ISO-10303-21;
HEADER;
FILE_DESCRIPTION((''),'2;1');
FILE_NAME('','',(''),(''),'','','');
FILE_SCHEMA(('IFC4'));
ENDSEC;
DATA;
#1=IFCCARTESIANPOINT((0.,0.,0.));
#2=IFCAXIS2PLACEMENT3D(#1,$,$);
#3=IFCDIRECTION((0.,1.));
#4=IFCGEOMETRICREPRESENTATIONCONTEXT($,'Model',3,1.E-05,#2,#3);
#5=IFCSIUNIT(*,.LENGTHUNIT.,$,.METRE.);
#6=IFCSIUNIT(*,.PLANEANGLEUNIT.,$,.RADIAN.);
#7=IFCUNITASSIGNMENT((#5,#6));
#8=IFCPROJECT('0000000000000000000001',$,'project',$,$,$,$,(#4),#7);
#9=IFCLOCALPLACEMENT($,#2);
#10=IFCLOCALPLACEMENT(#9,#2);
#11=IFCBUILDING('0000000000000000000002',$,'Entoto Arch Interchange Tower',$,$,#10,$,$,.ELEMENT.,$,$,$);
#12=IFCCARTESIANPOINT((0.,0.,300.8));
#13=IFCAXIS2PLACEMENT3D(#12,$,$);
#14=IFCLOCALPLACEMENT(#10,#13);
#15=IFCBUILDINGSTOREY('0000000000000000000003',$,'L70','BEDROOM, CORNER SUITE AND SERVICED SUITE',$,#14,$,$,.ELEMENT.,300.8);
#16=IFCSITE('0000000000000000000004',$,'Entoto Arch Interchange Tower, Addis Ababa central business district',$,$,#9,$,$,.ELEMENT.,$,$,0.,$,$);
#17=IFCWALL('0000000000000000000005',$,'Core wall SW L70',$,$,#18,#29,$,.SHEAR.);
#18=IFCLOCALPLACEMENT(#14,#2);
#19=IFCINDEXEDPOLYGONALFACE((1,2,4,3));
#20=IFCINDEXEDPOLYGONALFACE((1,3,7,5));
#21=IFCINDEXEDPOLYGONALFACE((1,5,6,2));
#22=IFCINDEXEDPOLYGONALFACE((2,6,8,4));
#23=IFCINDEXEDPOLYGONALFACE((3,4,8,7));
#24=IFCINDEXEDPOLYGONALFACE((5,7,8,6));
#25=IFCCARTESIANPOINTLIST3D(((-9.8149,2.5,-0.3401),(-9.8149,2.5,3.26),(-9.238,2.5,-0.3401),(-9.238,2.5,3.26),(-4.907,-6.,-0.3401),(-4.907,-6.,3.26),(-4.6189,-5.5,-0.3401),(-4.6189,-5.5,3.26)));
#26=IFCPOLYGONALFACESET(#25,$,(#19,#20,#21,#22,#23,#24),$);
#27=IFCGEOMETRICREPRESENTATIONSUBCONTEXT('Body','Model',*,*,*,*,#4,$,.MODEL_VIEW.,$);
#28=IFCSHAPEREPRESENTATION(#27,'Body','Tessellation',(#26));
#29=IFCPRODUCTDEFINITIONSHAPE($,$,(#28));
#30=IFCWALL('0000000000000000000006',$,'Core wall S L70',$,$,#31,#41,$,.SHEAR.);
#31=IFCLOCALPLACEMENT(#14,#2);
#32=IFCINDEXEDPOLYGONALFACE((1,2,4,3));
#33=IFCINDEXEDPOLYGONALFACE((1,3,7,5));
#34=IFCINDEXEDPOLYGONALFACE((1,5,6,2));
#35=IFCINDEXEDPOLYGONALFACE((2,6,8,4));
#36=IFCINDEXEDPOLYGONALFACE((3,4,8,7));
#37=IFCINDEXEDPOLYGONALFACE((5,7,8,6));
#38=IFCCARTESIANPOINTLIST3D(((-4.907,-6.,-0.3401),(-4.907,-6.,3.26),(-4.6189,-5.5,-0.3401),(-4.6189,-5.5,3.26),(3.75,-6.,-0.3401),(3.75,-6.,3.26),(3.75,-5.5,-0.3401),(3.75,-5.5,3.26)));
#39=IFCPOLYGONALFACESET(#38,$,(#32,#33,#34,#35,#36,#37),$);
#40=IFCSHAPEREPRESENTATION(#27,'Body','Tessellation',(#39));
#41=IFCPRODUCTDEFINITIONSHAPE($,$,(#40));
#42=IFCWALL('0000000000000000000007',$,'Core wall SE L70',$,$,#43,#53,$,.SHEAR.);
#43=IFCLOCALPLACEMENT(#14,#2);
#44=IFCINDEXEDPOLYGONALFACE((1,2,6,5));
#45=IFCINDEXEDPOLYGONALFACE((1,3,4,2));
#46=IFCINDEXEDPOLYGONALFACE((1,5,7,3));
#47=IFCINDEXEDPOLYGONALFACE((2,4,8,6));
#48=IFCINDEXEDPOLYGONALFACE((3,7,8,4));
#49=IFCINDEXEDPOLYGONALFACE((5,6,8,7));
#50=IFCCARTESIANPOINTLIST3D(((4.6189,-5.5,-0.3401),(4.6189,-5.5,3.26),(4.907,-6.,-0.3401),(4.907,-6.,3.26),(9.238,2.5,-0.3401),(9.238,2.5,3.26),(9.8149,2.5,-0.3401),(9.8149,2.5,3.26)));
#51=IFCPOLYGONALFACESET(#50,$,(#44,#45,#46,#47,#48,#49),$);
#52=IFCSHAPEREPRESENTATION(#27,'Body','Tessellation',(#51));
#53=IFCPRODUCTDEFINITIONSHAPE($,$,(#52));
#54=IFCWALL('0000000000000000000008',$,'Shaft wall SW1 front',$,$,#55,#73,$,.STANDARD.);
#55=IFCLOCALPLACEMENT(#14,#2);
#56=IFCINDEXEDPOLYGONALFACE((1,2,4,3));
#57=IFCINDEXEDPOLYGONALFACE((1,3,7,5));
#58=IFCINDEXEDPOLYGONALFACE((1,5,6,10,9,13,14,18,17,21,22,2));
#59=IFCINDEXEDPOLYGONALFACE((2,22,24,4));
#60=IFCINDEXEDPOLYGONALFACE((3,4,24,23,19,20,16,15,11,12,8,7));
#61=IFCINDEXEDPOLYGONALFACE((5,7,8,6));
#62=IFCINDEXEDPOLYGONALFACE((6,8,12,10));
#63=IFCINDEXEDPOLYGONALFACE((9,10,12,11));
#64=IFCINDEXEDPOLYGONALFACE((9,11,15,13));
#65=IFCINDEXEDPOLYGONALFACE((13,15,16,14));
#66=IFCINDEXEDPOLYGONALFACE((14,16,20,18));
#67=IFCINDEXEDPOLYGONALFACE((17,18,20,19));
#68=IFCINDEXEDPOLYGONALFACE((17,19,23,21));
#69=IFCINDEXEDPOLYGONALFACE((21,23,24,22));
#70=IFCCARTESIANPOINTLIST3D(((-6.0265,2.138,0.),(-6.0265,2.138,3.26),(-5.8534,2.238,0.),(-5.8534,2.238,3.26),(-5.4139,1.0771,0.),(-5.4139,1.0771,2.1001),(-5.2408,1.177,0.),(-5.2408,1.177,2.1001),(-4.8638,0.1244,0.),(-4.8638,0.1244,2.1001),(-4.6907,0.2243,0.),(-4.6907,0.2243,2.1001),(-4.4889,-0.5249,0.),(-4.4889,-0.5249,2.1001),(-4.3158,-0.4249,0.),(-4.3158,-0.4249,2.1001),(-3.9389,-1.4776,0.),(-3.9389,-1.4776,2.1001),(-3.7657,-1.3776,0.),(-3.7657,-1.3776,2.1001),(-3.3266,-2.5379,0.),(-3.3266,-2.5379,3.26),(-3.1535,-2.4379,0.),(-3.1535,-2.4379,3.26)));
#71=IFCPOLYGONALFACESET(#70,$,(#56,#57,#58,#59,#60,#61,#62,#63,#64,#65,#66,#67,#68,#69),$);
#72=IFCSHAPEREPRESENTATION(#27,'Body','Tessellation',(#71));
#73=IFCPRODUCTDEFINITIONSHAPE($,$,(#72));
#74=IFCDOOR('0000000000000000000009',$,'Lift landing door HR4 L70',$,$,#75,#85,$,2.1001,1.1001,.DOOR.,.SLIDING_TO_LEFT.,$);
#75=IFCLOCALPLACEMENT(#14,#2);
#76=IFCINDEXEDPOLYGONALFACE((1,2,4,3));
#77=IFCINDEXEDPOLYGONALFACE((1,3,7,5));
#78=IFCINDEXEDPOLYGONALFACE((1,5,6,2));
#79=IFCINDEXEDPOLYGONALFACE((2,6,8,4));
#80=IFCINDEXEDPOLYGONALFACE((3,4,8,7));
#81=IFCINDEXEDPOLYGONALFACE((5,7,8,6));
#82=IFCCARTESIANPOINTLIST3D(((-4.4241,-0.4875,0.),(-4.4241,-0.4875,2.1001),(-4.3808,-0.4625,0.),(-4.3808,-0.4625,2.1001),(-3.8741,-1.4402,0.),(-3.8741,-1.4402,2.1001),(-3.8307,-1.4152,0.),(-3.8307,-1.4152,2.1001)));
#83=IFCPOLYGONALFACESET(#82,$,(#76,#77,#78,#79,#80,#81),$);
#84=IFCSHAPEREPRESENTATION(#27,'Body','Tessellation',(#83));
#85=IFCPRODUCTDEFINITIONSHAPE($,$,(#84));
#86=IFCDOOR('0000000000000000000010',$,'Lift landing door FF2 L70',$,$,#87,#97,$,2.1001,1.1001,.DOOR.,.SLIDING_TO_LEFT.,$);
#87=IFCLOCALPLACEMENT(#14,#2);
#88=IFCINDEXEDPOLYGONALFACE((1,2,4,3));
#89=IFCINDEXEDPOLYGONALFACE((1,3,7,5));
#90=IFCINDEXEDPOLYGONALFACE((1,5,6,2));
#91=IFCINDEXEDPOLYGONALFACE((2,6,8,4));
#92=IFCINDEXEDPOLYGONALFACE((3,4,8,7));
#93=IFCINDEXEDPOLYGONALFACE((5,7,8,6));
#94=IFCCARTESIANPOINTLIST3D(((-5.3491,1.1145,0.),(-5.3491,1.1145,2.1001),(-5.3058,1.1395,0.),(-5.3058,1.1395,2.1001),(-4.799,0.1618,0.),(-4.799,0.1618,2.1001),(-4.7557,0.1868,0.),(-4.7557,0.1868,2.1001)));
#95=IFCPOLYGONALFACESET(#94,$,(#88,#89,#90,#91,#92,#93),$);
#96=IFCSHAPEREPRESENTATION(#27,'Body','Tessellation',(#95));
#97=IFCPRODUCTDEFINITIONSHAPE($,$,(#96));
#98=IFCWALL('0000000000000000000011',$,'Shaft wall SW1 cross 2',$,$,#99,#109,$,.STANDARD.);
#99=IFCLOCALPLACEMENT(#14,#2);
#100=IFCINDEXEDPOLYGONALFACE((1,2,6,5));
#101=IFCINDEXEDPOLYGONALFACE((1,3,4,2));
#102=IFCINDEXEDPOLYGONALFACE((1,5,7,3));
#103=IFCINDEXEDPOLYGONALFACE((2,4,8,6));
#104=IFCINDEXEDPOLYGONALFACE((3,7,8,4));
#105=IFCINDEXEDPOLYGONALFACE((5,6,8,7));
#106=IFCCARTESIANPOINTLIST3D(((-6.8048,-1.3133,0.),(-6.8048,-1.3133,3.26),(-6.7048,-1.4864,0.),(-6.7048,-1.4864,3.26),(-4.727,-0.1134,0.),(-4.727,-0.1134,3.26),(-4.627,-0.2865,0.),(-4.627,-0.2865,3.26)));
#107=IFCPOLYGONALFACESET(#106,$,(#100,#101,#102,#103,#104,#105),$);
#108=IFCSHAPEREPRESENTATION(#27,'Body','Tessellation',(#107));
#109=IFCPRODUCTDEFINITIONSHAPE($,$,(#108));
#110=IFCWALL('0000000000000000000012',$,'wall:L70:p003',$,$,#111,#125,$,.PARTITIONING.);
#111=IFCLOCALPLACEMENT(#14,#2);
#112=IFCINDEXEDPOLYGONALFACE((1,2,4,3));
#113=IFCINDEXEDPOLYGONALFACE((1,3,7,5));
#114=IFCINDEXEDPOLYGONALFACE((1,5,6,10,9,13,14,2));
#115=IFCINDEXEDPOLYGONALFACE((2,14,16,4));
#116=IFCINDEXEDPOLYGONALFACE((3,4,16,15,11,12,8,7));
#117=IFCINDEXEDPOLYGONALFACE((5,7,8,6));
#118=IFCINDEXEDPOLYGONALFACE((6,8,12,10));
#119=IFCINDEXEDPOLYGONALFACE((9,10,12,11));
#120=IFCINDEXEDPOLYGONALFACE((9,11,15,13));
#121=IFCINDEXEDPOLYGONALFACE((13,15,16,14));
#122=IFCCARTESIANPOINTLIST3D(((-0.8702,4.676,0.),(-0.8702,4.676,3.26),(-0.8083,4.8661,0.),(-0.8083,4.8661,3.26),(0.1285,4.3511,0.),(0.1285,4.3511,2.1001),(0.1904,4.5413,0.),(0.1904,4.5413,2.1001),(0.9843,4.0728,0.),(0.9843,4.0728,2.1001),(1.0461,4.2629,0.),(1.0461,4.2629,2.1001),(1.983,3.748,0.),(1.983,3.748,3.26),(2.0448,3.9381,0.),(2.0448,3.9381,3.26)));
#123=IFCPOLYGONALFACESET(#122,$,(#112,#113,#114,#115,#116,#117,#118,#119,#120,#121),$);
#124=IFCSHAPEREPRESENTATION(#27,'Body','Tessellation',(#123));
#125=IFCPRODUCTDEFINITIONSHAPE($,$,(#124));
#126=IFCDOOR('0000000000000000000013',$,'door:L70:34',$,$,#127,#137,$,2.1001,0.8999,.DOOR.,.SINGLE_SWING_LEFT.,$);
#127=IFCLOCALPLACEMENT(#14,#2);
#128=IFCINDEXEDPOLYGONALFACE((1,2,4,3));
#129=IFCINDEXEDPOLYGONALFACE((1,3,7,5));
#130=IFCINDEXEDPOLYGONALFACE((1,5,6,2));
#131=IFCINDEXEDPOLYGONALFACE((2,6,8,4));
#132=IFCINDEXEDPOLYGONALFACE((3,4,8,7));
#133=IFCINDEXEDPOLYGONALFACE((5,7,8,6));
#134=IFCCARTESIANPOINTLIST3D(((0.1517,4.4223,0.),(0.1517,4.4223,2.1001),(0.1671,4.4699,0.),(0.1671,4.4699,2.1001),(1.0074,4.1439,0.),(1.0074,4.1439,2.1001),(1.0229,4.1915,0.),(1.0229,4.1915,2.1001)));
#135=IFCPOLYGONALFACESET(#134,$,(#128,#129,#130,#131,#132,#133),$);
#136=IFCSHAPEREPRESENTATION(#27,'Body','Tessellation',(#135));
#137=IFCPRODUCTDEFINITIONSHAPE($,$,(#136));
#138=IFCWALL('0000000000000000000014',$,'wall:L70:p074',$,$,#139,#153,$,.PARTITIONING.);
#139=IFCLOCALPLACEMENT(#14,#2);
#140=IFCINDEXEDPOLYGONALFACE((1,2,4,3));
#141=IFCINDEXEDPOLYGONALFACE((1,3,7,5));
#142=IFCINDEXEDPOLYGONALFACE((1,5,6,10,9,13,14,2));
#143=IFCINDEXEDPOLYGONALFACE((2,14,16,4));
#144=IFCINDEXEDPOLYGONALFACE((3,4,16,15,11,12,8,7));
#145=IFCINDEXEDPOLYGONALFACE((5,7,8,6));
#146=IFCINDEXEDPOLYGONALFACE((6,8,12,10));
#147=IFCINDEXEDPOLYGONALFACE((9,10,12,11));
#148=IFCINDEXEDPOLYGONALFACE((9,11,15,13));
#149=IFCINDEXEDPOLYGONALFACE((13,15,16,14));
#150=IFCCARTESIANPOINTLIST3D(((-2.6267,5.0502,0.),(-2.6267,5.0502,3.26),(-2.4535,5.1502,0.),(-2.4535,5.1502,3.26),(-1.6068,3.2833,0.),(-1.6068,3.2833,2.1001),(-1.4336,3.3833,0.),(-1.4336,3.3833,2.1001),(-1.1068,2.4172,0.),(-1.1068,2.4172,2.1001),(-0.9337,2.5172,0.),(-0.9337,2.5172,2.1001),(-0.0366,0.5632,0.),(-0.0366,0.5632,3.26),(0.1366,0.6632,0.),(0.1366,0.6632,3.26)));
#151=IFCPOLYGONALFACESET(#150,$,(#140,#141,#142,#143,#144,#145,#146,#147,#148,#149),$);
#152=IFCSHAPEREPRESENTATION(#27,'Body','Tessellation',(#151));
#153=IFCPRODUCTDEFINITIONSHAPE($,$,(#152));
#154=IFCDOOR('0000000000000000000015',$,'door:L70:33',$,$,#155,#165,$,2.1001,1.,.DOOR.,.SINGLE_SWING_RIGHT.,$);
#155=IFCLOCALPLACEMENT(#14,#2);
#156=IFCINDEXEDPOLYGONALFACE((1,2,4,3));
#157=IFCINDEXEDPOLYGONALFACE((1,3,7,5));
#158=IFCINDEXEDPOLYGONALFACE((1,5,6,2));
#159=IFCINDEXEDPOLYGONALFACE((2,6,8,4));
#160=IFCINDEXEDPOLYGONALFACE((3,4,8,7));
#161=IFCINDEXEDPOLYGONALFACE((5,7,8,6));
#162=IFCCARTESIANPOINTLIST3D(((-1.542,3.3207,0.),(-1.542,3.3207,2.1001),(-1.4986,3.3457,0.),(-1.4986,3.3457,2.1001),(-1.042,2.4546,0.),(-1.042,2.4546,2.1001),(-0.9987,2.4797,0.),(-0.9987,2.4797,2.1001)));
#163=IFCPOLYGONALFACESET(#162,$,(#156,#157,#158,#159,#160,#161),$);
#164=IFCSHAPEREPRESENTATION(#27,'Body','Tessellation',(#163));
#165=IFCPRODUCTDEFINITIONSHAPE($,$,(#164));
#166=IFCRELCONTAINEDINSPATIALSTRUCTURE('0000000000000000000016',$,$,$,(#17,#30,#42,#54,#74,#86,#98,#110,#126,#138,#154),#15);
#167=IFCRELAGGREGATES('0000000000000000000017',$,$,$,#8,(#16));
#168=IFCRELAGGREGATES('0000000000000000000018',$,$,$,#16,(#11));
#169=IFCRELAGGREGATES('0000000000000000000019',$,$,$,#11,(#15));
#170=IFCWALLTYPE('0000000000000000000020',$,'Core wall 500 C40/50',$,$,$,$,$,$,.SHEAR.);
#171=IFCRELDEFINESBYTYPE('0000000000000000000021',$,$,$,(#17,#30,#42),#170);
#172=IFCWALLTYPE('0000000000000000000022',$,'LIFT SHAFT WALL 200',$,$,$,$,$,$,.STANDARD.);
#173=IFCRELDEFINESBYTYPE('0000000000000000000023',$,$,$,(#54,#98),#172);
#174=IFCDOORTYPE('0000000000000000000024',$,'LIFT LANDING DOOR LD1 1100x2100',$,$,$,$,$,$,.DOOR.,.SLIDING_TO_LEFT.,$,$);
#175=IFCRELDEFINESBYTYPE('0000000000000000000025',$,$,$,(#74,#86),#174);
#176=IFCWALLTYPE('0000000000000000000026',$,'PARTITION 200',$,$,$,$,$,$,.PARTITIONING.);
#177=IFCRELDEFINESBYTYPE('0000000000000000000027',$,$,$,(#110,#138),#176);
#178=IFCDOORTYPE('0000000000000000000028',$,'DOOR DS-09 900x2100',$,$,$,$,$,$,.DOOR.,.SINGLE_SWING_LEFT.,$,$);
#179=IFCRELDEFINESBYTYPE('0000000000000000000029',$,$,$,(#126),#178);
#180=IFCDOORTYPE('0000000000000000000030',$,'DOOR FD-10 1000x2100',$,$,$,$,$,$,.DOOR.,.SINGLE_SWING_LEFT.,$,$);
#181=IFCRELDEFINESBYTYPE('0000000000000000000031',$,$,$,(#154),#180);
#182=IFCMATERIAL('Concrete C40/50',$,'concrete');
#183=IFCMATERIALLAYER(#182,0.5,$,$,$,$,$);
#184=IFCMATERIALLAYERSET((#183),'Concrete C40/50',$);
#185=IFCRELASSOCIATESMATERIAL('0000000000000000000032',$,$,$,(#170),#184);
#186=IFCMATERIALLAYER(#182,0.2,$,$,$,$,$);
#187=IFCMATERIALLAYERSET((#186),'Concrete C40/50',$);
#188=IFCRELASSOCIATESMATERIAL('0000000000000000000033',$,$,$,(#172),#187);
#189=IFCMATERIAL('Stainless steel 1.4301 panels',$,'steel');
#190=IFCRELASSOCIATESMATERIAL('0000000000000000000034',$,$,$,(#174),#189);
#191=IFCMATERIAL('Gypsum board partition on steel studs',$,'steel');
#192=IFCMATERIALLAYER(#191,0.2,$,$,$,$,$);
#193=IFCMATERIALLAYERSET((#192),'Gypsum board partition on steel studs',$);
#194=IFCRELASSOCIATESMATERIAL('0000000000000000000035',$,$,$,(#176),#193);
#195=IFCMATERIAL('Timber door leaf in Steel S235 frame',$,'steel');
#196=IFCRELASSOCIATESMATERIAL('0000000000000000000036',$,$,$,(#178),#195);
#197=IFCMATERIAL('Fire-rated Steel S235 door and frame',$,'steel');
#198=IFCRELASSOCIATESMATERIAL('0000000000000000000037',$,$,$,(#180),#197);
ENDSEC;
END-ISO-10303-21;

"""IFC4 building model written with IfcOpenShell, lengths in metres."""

from ifc_helpers import new_model, si_unit, direction, frame, frame_2d, origin, place, context, subcontext, project, spatial, polyline, rectangle, outline, extrude, material, layer, layer_set, type_object, element, fill, save


model = new_model("IFC4")

# Units and contexts
model_context = context("Model", 3, precision=1e-05, world=origin(), true_north=direction((0.0, 1.0)))
body_context = subcontext(model_context, "Body", "Model", "MODEL_VIEW")
ifc_project = project(units=[si_unit("LENGTHUNIT", "METRE"), si_unit("PLANEANGLEUNIT", "RADIAN")], contexts=[model_context])

# Site, building, storey
site_placement = place(None, origin())
site = spatial("IfcSite", under=ifc_project, at=site_placement, Name="Entoto Arch Interchange Tower, Addis Ababa central business district", CompositionType="ELEMENT", RefElevation=0.0)
building_placement = place(site_placement, origin())
building = spatial("IfcBuilding", under=site, at=building_placement, Name="Entoto Arch Interchange Tower", CompositionType="ELEMENT")
storey_placement = place(building_placement, frame((0.0, 0.0, 300.8)))
storey = spatial("IfcBuildingStorey", under=building, at=storey_placement, Name="L70", Description="BEDROOM, CORNER SUITE AND SERVICED SUITE", CompositionType="ELEMENT", Elevation=300.8)

# Shared definitions
ifc_material_1 = material(Name="Concrete C40/50", Category="concrete")

# Walls
ifc_layer_1 = layer(ifc_material_1, 0.5)
ifc_layer_set_1 = layer_set([ifc_layer_1], Name="Concrete C40/50")
wall_type_1 = type_object("IfcWallType", Name="Core wall 500 C40/50", PredefinedType="SHEAR", material=ifc_layer_set_1)
wall_1_placement = place(storey_placement, frame((0.0, 0.0, -0.3401)))
element("IfcWall", 1, at=wall_1_placement, inside=storey, type_object=wall_type_1, Name="Core wall SW L70", PredefinedType="SHEAR", context=body_context, shape_type="SweptSolid", body=[
    extrude(outline(polyline([(-9.8149, 2.5), (-4.907, -6.0), (-4.6189, -5.5), (-9.238, 2.5), (-9.8149, 2.5)])), origin(), (0.0, 0.0, 1.0), 3.6001),
])
wall_2_placement = place(storey_placement, frame((0.0, 0.0, -0.3401)))
element("IfcWall", 2, at=wall_2_placement, inside=storey, type_object=wall_type_1, Name="Core wall S L70", PredefinedType="SHEAR", context=body_context, shape_type="SweptSolid", body=[
    extrude(outline(polyline([(3.75, -6.0), (3.75, -5.5), (-4.6189, -5.5), (-4.907, -6.0), (3.75, -6.0)])), origin(), (0.0, 0.0, 1.0), 3.6001),
])
wall_3_placement = place(storey_placement, frame((0.0, 0.0, -0.3401)))
element("IfcWall", 3, at=wall_3_placement, inside=storey, type_object=wall_type_1, Name="Core wall SE L70", PredefinedType="SHEAR", context=body_context, shape_type="SweptSolid", body=[
    extrude(outline(polyline([(4.907, -6.0), (9.8149, 2.5), (9.238, 2.5), (4.6189, -5.5), (4.907, -6.0)])), origin(), (0.0, 0.0, 1.0), 3.6001),
])

# Wall, openings, doors
ifc_layer_2 = layer(ifc_material_1, 0.2)
ifc_layer_set_2 = layer_set([ifc_layer_2], Name="Concrete C40/50")
wall_type_2 = type_object("IfcWallType", Name="LIFT SHAFT WALL 200", PredefinedType="STANDARD", material=ifc_layer_set_2)
wall_4_placement = place(storey_placement, frame((-5.9399, 2.188, 0.0), z_axis=(0.0, 0.0, 1.0), x_axis=(0.500034, -0.866006, 0.0)))
wall_4 = element("IfcWall", 4, at=wall_4_placement, inside=storey, type_object=wall_type_2, Name="Shaft wall SW1 front", PredefinedType="STANDARD", context=body_context, shape_type="SweptSolid", body=[
    extrude(rectangle(XDim=5.3994, YDim=0.2, at=frame_2d((2.6997, 0.0))), origin(), (0.0, 0.0, 1.0), 3.26),
])
opening_1_placement = place(wall_4_placement, frame((3.075, 0.0, 0.0)))
opening_1 = element("IfcOpeningElement", 5, at=opening_1_placement, cuts=wall_4, PredefinedType="OPENING", context=body_context, shape_type="SweptSolid", body=[
    extrude(rectangle(XDim=1.1001, YDim=2.1001, at=frame_2d((0.55, 1.05))), frame((0.0, 0.1099, 0.0), z_axis=(0.0, -1.0, 0.0), x_axis=(1.0, 0.0, 0.0)), (0.0, 0.0, 1.0), 0.22),
])
opening_2_placement = place(wall_4_placement, frame((1.2251, 0.0, 0.0)))
opening_2 = element("IfcOpeningElement", 6, at=opening_2_placement, cuts=wall_4, PredefinedType="OPENING", context=body_context, shape_type="SweptSolid", body=[
    extrude(rectangle(XDim=1.1001, YDim=2.1001, at=frame_2d((0.55, 1.05))), frame((0.0, 0.1099, 0.0), z_axis=(0.0, -1.0, 0.0), x_axis=(1.0, 0.0, 0.0)), (0.0, 0.0, 1.0), 0.22),
])
ifc_material_2 = material(Name="Stainless steel 1.4301 panels", Category="steel")
door_type_1 = type_object("IfcDoorType", Name="LIFT LANDING DOOR LD1 1100x2100", OperationType="SLIDING_TO_LEFT", PredefinedType="DOOR", material=ifc_material_2)
door_1_placement = place(opening_1_placement, origin())
door_1 = element("IfcDoor", 7, at=door_1_placement, inside=storey, type_object=door_type_1, Name="Lift landing door HR4 L70", OperationType="SLIDING_TO_LEFT", OverallHeight=2.1001, OverallWidth=1.1001, PredefinedType="DOOR", context=body_context, shape_type="SweptSolid", body=[
    extrude(rectangle(XDim=1.1001, YDim=2.1001, at=frame_2d((0.55, 1.05))), frame((0.0, 0.0249, 0.0), z_axis=(0.0, -1.0, 0.0), x_axis=(1.0, 0.0, 0.0)), (0.0, 0.0, 1.0), 0.05),
])
fill(opening_1, door_1)
door_2_placement = place(opening_2_placement, origin())
door_2 = element("IfcDoor", 8, at=door_2_placement, inside=storey, type_object=door_type_1, Name="Lift landing door FF2 L70", OperationType="SLIDING_TO_LEFT", OverallHeight=2.1001, OverallWidth=1.1001, PredefinedType="DOOR", context=body_context, shape_type="SweptSolid", body=[
    extrude(rectangle(XDim=1.1001, YDim=2.1001, at=frame_2d((0.55, 1.05))), frame((0.0, 0.0249, 0.0), z_axis=(0.0, -1.0, 0.0), x_axis=(1.0, 0.0, 0.0)), (0.0, 0.0, 1.0), 0.05),
])
fill(opening_2, door_2)

# Wall
wall_5_placement = place(storey_placement, frame((-4.677, -0.2, 0.0), z_axis=(0.0, 0.0, 1.0), x_axis=(-0.865974, -0.500089, 0.0)))
element("IfcWall", 9, at=wall_5_placement, inside=storey, type_object=wall_type_2, Name="Shaft wall SW1 cross 2", PredefinedType="STANDARD", context=body_context, shape_type="SweptSolid", body=[
    extrude(rectangle(XDim=2.3994, YDim=0.2, at=frame_2d((1.1997, 0.0))), origin(), (0.0, 0.0, 1.0), 3.26),
])

# Walls, openings, doors
ifc_material_3 = material(Name="Gypsum board partition on steel studs", Category="steel")
ifc_layer_3 = layer(ifc_material_3, 0.2)
ifc_layer_set_3 = layer_set([ifc_layer_3], Name="Gypsum board partition on steel studs")
wall_type_3 = type_object("IfcWallType", Name="PARTITION 200", PredefinedType="PARTITIONING", material=ifc_layer_set_3)
wall_6_placement = place(storey_placement, frame((-0.8391, 4.771, 0.0), z_axis=(0.0, 0.0, 1.0), x_axis=(0.950961, -0.309311, 0.0)))
wall_6 = element("IfcWall", 10, at=wall_6_placement, inside=storey, type_object=wall_type_3, Name="wall:L70:p003", PredefinedType="PARTITIONING", context=body_context, shape_type="SweptSolid", body=[
    extrude(rectangle(XDim=3.0002, YDim=0.2, at=frame_2d((1.5, 0.0))), origin(), (0.0, 0.0, 1.0), 3.26),
])
opening_3_placement = place(wall_6_placement, frame((1.05, 0.0, 0.0)))
opening_3 = element("IfcOpeningElement", 11, at=opening_3_placement, cuts=wall_6, PredefinedType="OPENING", context=body_context, shape_type="SweptSolid", body=[
    extrude(rectangle(XDim=0.8999, YDim=2.1001, at=frame_2d((0.45, 1.05))), frame((0.0, 0.1099, 0.0), z_axis=(0.0, -1.0, 0.0), x_axis=(1.0, 0.0, 0.0)), (0.0, 0.0, 1.0), 0.22),
])
ifc_material_4 = material(Name="Timber door leaf in Steel S235 frame", Category="steel")
door_type_2 = type_object("IfcDoorType", Name="DOOR DS-09 900x2100", OperationType="SINGLE_SWING_LEFT", PredefinedType="DOOR", material=ifc_material_4)
door_3_placement = place(opening_3_placement, origin())
door_3 = element("IfcDoor", 12, at=door_3_placement, inside=storey, type_object=door_type_2, Name="door:L70:34", OperationType="SINGLE_SWING_LEFT", OverallHeight=2.1001, OverallWidth=0.8999, PredefinedType="DOOR", context=body_context, shape_type="SweptSolid", body=[
    extrude(rectangle(XDim=0.8999, YDim=2.1001, at=frame_2d((0.45, 1.05))), frame((0.0, 0.0249, 0.0), z_axis=(0.0, -1.0, 0.0), x_axis=(1.0, 0.0, 0.0)), (0.0, 0.0, 1.0), 0.05),
])
fill(opening_3, door_3)
wall_7_placement = place(storey_placement, frame((-2.54, 5.1001, 0.0), z_axis=(0.0, 0.0, 1.0), x_axis=(0.499925, -0.866069, 0.0)))
wall_7 = element("IfcWall", 13, at=wall_7_placement, inside=storey, type_object=wall_type_3, Name="wall:L70:p074", PredefinedType="PARTITIONING", context=body_context, shape_type="SweptSolid", body=[
    extrude(rectangle(XDim=5.1809, YDim=0.2, at=frame_2d((2.5903, 0.0))), origin(), (0.0, 0.0, 1.0), 3.26),
])
opening_4_placement = place(wall_7_placement, frame((2.04, 0.0, 0.0)))
opening_4 = element("IfcOpeningElement", 14, at=opening_4_placement, cuts=wall_7, PredefinedType="OPENING", context=body_context, shape_type="SweptSolid", body=[
    extrude(rectangle(XDim=1.0, YDim=2.1001, at=frame_2d((0.5, 1.05))), frame((0.0, 0.1099, 0.0), z_axis=(0.0, -1.0, 0.0), x_axis=(1.0, 0.0, 0.0)), (0.0, 0.0, 1.0), 0.22),
])
ifc_material_5 = material(Name="Fire-rated Steel S235 door and frame", Category="steel")
door_type_3 = type_object("IfcDoorType", Name="DOOR FD-10 1000x2100", OperationType="SINGLE_SWING_LEFT", PredefinedType="DOOR", material=ifc_material_5)
door_4_placement = place(opening_4_placement, origin())
door_4 = element("IfcDoor", 15, at=door_4_placement, inside=storey, type_object=door_type_3, Name="door:L70:33", OperationType="SINGLE_SWING_RIGHT", OverallHeight=2.1001, OverallWidth=1.0, PredefinedType="DOOR", context=body_context, shape_type="SweptSolid", body=[
    extrude(rectangle(XDim=1.0, YDim=2.1001, at=frame_2d((0.5, 1.05))), frame((0.0, 0.0249, 0.0), z_axis=(0.0, -1.0, 0.0), x_axis=(1.0, 0.0, 0.0)), (0.0, 0.0, 1.0), 0.05),
])
fill(opening_4, door_4)

save(model, "model.ifc")
